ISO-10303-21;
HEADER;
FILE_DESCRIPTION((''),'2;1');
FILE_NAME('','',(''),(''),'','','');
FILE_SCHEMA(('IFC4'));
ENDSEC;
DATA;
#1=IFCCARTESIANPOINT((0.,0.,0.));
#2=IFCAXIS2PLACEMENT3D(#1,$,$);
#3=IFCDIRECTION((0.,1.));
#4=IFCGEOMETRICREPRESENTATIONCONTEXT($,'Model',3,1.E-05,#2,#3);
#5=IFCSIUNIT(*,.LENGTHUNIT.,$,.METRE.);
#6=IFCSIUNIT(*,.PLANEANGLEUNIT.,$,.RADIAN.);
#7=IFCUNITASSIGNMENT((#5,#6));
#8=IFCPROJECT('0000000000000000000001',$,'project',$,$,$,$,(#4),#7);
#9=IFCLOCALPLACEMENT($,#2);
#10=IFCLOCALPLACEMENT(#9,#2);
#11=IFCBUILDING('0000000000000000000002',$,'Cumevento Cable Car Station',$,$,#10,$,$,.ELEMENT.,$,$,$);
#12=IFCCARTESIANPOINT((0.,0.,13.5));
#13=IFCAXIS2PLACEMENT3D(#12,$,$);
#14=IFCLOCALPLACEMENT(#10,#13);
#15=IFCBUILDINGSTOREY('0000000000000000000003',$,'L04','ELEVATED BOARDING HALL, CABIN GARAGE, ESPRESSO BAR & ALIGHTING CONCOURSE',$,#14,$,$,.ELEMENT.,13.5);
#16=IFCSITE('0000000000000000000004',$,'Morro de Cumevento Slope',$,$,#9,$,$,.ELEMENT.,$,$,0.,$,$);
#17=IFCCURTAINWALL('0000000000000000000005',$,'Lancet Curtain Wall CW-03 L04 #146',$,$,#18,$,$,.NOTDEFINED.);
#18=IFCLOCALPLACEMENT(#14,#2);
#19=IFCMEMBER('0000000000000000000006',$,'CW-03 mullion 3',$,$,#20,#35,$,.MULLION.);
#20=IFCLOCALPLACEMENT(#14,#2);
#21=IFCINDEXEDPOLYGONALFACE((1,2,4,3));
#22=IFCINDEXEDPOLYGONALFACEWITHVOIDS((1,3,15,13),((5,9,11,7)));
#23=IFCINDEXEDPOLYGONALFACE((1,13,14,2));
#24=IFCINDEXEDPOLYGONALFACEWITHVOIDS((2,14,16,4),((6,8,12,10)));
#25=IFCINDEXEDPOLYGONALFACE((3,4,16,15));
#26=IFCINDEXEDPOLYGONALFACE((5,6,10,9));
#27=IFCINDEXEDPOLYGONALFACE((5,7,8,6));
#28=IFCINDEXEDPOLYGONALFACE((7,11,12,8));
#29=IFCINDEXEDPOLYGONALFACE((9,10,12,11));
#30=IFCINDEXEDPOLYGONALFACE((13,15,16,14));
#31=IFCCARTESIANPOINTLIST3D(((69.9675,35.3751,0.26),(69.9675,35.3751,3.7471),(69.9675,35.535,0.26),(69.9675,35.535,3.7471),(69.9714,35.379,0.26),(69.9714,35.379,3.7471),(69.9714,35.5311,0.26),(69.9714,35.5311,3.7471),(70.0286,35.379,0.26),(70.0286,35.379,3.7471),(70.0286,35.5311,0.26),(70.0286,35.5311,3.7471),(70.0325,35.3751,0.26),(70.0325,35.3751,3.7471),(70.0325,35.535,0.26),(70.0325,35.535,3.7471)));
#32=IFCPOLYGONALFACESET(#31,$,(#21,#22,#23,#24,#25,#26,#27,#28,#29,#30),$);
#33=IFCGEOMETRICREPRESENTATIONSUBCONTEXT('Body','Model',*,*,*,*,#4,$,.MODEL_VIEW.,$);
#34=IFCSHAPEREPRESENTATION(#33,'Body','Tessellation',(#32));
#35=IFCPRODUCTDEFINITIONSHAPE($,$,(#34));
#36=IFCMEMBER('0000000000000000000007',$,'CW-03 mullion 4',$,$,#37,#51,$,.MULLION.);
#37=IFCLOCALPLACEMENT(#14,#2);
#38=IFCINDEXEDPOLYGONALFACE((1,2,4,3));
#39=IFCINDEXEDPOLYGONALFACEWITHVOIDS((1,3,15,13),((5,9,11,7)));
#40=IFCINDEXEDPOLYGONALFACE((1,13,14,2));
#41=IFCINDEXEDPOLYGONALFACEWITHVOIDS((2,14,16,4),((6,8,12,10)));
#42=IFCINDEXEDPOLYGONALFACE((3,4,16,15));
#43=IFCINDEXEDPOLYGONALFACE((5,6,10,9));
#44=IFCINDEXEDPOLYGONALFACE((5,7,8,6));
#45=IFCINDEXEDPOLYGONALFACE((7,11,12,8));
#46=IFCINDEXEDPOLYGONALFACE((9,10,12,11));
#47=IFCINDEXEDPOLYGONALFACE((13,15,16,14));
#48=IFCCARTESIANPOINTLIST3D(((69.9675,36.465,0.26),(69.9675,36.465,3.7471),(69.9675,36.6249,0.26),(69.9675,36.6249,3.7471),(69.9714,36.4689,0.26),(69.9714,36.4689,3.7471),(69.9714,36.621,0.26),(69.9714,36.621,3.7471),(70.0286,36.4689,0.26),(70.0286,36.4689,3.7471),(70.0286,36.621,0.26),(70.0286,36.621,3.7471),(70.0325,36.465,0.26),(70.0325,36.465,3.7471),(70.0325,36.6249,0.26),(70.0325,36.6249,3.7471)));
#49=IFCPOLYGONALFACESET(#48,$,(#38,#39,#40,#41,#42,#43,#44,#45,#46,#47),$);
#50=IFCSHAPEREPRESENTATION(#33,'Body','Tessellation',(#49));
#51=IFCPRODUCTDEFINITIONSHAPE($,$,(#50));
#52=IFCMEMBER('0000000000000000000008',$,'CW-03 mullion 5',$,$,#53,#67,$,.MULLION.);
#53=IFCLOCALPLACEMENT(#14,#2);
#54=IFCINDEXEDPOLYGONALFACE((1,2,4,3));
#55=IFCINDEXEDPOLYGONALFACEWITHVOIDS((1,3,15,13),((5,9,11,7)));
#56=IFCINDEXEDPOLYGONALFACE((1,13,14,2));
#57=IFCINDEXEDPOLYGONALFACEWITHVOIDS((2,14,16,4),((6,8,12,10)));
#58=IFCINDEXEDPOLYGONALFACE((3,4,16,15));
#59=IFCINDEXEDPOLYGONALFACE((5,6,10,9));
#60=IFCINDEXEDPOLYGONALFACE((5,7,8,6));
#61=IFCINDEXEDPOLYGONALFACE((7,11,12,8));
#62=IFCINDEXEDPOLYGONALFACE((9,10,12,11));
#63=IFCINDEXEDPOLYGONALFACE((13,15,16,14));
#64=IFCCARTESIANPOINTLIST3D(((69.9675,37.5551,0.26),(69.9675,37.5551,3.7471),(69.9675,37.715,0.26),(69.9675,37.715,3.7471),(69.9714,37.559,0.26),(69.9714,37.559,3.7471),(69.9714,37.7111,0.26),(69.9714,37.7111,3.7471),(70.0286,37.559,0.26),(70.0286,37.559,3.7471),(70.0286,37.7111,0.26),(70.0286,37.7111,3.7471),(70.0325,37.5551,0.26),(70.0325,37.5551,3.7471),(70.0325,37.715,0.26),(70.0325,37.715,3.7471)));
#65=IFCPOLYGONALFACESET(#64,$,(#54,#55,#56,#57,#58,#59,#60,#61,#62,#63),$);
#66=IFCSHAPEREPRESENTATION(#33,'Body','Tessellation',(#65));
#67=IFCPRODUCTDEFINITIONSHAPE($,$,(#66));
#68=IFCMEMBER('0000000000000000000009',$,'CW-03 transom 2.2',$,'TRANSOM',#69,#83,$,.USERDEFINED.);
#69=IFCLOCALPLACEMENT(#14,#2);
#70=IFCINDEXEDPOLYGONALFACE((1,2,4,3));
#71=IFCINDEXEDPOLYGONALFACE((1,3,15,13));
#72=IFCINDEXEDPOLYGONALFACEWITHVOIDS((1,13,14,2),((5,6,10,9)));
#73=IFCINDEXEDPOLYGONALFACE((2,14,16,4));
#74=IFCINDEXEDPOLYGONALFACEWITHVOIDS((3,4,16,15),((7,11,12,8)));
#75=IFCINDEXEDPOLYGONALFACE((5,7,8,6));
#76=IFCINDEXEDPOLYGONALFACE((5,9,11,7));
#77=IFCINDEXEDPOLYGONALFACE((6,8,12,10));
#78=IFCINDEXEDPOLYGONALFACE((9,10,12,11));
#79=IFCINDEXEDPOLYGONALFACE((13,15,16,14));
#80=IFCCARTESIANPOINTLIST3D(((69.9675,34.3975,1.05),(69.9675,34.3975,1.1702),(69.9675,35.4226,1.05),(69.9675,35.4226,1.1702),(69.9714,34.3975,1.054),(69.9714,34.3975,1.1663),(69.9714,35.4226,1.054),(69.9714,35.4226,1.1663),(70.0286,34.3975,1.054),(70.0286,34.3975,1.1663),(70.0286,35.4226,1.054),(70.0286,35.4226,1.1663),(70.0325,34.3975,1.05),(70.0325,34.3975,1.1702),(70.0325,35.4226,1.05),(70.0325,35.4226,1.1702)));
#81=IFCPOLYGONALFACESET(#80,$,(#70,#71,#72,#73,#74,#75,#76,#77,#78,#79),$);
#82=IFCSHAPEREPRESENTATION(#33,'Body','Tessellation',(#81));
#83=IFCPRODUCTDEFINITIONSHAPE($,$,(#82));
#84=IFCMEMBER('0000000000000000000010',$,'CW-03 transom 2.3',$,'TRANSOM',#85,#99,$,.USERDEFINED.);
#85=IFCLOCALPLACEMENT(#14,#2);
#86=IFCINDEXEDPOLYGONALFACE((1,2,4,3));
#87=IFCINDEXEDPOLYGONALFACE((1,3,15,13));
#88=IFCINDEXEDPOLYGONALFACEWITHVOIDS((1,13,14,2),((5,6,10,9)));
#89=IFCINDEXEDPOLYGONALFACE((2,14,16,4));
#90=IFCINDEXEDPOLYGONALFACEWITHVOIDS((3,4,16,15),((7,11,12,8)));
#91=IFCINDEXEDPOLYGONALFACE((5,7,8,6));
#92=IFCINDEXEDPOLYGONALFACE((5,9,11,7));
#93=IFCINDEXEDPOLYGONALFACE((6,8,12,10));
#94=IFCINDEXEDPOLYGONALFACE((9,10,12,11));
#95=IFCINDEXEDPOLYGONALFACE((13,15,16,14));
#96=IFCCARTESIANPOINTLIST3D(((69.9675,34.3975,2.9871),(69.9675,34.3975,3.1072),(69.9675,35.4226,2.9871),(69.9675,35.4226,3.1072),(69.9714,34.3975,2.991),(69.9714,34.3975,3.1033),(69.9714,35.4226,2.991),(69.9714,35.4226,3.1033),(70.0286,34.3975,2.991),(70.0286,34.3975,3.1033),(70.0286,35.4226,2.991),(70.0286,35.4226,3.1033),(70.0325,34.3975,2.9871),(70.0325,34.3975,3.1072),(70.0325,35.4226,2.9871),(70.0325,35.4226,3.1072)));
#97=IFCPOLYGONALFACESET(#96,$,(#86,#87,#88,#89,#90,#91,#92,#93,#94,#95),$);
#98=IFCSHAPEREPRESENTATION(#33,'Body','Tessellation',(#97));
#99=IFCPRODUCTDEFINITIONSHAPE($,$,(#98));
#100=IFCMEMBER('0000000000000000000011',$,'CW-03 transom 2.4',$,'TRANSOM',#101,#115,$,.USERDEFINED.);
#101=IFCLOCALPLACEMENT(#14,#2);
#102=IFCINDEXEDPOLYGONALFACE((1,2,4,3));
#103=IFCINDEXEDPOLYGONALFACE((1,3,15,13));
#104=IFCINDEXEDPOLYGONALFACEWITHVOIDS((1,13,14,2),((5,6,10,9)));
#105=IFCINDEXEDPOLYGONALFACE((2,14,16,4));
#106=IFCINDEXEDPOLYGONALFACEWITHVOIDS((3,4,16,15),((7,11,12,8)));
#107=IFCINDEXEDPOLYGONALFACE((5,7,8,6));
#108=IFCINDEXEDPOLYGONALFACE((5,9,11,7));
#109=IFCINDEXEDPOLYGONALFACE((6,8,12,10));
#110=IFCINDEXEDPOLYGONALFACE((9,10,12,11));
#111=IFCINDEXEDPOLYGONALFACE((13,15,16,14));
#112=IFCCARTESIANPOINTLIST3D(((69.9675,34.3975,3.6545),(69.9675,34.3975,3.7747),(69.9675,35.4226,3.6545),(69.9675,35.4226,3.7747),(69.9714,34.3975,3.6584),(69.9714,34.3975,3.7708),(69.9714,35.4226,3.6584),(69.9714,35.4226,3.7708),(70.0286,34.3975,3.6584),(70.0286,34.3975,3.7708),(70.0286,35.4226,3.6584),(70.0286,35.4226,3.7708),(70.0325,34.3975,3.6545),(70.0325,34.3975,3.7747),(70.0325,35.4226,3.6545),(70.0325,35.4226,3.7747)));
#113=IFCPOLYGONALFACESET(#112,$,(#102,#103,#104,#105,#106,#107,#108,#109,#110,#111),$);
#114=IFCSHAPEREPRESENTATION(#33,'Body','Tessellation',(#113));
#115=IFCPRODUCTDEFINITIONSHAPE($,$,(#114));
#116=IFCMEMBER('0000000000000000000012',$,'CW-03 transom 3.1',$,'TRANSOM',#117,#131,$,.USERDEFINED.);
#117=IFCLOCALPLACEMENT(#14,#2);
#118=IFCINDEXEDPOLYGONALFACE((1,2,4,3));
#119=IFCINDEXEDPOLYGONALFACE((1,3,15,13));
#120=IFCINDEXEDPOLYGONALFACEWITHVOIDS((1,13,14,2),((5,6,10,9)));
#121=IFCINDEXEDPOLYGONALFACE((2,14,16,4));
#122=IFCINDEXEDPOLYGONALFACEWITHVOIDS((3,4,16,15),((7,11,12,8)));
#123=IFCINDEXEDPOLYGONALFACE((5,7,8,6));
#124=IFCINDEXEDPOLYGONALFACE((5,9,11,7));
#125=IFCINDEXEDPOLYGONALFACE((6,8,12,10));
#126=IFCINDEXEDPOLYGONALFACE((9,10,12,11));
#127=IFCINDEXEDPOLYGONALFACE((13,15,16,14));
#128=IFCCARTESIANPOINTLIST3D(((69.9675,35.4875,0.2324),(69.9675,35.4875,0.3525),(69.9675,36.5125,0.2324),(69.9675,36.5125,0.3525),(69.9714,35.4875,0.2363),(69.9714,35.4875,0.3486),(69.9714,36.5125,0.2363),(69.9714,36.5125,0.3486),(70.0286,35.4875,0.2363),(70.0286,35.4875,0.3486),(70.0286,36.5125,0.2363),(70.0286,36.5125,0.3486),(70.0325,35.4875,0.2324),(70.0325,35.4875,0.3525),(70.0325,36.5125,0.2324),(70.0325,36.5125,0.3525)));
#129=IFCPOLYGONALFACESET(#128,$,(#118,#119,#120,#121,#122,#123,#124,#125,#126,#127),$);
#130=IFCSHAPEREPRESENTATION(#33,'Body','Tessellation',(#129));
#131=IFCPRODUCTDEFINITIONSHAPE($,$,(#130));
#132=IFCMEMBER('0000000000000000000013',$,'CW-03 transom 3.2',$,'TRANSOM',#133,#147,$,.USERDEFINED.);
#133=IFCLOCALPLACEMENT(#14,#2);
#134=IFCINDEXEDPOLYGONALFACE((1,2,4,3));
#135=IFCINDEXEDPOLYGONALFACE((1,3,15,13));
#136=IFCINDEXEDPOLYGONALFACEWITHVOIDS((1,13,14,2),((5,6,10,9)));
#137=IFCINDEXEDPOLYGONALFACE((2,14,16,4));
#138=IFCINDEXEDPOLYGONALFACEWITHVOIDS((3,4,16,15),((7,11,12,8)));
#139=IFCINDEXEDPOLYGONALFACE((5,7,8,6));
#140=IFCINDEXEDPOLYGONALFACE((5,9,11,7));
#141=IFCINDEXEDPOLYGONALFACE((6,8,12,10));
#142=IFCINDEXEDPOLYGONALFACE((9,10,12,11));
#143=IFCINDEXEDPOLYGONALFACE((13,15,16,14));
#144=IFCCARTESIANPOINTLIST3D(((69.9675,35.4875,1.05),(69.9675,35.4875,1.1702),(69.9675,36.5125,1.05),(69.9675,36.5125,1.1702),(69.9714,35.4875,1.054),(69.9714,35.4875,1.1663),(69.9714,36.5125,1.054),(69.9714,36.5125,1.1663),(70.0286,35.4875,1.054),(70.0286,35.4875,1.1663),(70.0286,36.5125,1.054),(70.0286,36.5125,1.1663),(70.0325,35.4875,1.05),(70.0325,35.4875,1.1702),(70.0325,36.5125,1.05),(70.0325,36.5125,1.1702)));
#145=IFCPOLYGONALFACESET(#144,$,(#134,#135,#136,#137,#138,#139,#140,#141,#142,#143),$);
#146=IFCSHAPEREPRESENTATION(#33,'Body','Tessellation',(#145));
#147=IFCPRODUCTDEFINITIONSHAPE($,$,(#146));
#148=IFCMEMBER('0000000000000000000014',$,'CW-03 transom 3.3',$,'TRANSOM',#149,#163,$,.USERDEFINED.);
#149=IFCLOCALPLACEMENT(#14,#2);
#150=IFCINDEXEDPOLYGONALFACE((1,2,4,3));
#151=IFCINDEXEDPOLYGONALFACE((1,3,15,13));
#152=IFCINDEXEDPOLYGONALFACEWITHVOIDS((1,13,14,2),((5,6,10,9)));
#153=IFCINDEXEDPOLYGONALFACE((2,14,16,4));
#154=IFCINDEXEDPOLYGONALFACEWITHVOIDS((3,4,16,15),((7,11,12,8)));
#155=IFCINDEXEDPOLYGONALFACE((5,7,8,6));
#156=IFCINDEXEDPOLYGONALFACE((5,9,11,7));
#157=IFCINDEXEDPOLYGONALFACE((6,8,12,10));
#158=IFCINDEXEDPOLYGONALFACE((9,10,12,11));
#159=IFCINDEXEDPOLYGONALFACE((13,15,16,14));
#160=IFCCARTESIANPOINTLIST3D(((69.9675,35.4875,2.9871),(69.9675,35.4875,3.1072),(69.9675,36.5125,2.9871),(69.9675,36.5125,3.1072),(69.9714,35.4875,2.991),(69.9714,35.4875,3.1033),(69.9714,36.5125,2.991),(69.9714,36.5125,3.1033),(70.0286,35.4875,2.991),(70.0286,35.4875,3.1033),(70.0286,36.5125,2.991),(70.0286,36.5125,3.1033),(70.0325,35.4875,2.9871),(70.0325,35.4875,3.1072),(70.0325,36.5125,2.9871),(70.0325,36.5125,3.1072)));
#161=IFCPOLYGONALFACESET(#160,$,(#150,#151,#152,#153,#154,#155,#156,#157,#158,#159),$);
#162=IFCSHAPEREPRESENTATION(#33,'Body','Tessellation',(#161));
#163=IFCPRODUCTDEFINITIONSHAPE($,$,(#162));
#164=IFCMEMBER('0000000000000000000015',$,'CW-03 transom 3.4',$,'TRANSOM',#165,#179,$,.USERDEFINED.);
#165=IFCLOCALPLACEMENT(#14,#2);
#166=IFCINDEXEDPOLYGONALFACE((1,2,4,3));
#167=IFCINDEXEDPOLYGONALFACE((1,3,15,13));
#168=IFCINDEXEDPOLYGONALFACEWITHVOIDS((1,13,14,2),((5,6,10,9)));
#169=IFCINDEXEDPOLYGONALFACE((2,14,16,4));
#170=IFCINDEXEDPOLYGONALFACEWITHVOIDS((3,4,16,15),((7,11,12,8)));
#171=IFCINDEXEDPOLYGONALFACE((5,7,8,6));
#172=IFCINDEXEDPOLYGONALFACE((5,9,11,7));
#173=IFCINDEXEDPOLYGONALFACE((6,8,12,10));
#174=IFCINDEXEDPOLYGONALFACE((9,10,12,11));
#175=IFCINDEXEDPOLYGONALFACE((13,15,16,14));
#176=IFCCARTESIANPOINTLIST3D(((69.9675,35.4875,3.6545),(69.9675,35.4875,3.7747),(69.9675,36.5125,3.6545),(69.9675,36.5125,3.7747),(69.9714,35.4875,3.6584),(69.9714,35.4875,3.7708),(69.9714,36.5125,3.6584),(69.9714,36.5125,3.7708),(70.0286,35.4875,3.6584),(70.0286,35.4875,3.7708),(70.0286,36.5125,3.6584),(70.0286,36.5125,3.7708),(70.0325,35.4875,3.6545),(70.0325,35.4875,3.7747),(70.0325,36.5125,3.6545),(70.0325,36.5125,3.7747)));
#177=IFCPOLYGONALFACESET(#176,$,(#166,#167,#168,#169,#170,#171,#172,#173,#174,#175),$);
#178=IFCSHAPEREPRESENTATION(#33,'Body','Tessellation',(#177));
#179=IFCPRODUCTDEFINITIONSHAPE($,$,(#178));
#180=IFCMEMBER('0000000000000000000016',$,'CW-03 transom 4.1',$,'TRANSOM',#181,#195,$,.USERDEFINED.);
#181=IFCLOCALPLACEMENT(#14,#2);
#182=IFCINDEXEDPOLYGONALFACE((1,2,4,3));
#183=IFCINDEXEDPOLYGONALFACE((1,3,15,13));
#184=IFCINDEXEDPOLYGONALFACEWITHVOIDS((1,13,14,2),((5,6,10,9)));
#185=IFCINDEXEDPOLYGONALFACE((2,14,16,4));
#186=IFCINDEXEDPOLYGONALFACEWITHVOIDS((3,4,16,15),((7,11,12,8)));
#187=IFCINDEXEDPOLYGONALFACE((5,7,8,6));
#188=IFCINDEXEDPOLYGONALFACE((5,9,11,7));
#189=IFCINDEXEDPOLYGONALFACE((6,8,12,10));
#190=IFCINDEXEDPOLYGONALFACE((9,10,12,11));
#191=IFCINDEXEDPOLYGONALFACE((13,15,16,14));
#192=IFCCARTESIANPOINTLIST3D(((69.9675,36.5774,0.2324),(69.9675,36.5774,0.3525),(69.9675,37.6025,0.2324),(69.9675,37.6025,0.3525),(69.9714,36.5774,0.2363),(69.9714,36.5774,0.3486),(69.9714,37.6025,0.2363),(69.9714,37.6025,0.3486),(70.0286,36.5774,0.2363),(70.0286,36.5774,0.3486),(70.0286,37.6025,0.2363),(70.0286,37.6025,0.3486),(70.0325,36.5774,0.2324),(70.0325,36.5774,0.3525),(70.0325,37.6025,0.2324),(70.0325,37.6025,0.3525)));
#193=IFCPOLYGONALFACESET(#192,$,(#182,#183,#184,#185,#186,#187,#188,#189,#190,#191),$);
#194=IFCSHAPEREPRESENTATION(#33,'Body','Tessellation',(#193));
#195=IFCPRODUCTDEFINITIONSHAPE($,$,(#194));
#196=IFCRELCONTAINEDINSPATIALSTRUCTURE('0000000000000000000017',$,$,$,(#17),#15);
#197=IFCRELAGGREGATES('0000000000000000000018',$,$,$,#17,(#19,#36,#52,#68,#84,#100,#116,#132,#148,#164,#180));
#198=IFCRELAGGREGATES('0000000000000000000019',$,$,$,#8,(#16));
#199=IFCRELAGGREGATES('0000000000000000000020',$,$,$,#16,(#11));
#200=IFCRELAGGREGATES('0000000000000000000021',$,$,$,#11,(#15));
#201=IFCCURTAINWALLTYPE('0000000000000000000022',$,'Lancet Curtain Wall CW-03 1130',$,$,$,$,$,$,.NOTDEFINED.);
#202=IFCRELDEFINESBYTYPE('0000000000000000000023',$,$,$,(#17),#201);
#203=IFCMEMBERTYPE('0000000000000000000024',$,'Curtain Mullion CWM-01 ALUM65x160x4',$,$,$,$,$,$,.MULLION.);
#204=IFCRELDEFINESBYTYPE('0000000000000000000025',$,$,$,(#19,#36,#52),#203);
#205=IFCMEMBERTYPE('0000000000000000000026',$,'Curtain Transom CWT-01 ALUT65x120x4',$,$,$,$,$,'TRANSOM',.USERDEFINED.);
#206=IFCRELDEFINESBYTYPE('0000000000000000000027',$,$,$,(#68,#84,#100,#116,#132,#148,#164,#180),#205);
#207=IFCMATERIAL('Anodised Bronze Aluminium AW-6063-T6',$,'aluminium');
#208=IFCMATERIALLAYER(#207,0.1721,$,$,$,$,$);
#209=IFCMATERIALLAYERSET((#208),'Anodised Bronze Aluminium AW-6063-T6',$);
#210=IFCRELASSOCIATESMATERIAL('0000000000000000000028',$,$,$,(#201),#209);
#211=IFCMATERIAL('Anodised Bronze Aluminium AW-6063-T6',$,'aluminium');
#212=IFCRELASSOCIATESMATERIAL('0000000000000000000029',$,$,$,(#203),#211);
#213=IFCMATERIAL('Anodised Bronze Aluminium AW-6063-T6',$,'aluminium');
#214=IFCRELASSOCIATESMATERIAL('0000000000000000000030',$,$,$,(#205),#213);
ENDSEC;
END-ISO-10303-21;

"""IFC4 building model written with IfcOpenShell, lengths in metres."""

from ifc_helpers import new_model, si_unit, direction, frame, origin, origin_2d, place, context, subcontext, project, spatial, hollow_rectangle, extrude, material, layer, layer_set, material_profile, profile_set, type_object, element, aggregate, save


model = new_model("IFC4")

# Units and contexts
model_context = context("Model", 3, precision=1e-05, world=origin(), true_north=direction((0.0, 1.0)))
body_context = subcontext(model_context, "Body", "Model", "MODEL_VIEW")
ifc_project = project(units=[si_unit("LENGTHUNIT", "METRE"), si_unit("PLANEANGLEUNIT", "RADIAN")], contexts=[model_context])

# Site, building, storey
site_placement = place(None, origin())
site = spatial("IfcSite", under=ifc_project, at=site_placement, Name="Morro de Cumevento Slope", CompositionType="ELEMENT", RefElevation=0.0)
building_placement = place(site_placement, origin())
building = spatial("IfcBuilding", under=site, at=building_placement, Name="Cumevento Cable Car Station", CompositionType="ELEMENT")
storey_placement = place(building_placement, frame((0.0, 0.0, 13.5)))
storey = spatial("IfcBuildingStorey", under=building, at=storey_placement, Name="L04", Description="ELEVATED BOARDING HALL, CABIN GARAGE, ESPRESSO BAR & ALIGHTING CONCOURSE", CompositionType="ELEMENT", Elevation=13.5)

# Curtain wall, members
ifc_material_1 = material(Name="Anodised Bronze Aluminium AW-6063-T6", Category="aluminium")
ifc_layer_1 = layer(ifc_material_1, 0.1721)
ifc_layer_set_1 = layer_set([ifc_layer_1], Name="Anodised Bronze Aluminium AW-6063-T6")
curtain_wall_type = type_object("IfcCurtainWallType", Name="Lancet Curtain Wall CW-03 1130", PredefinedType="NOTDEFINED", material=ifc_layer_set_1)
curtain_wall_placement = place(storey_placement, origin())
curtain_wall = element("IfcCurtainWall", 1, at=curtain_wall_placement, inside=storey, type_object=curtain_wall_type, Name="Lancet Curtain Wall CW-03 L04 #146", PredefinedType="NOTDEFINED")
ifc_material_2 = material(Name="Anodised Bronze Aluminium AW-6063-T6", Category="aluminium")
ifc_material_profile_1 = material_profile(ifc_material_2, hollow_rectangle(XDim=0.0649, YDim=0.1599, WallThickness=0.0039, at=origin_2d()), Name="ALUM65x160x4")
ifc_profile_set_1 = profile_set([ifc_material_profile_1], Name="Anodised Bronze Aluminium AW-6063-T6")
member_type_1 = type_object("IfcMemberType", Name="Curtain Mullion CWM-01 ALUM65x160x4", PredefinedType="MULLION", material=ifc_profile_set_1)
member_1_placement = place(storey_placement, frame((70.0, 35.4551, 0.26), z_axis=(0.0, 0.0, 1.0), x_axis=(-1.0, 0.0, 0.0)))
member_1 = element("IfcMember", 2, at=member_1_placement, type_object=member_type_1, Name="CW-03 mullion 3", PredefinedType="MULLION", context=body_context, shape_type="SweptSolid", body=[
    extrude(hollow_rectangle(XDim=0.0649, YDim=0.1599, WallThickness=0.0039, at=origin_2d()), origin(), (0.0, 0.0, 1.0), 3.4871),
])
member_2_placement = place(storey_placement, frame((70.0, 36.5449, 0.26), z_axis=(0.0, 0.0, 1.0), x_axis=(-1.0, 0.0, 0.0)))
member_2 = element("IfcMember", 3, at=member_2_placement, type_object=member_type_1, Name="CW-03 mullion 4", PredefinedType="MULLION", context=body_context, shape_type="SweptSolid", body=[
    extrude(hollow_rectangle(XDim=0.0649, YDim=0.1599, WallThickness=0.0039, at=origin_2d()), origin(), (0.0, 0.0, 1.0), 3.4871),
])
member_3_placement = place(storey_placement, frame((70.0, 37.635, 0.26), z_axis=(0.0, 0.0, 1.0), x_axis=(-1.0, 0.0, 0.0)))
member_3 = element("IfcMember", 4, at=member_3_placement, type_object=member_type_1, Name="CW-03 mullion 5", PredefinedType="MULLION", context=body_context, shape_type="SweptSolid", body=[
    extrude(hollow_rectangle(XDim=0.0649, YDim=0.1599, WallThickness=0.0039, at=origin_2d()), origin(), (0.0, 0.0, 1.0), 3.4871),
])
ifc_material_3 = material(Name="Anodised Bronze Aluminium AW-6063-T6", Category="aluminium")
ifc_material_profile_2 = material_profile(ifc_material_3, hollow_rectangle(XDim=0.0649, YDim=0.1201, WallThickness=0.0039, at=origin_2d()), Name="ALUT65x120x4")
ifc_profile_set_2 = profile_set([ifc_material_profile_2], Name="Anodised Bronze Aluminium AW-6063-T6")
member_type_2 = type_object("IfcMemberType", Name="Curtain Transom CWT-01 ALUT65x120x4", ElementType="TRANSOM", PredefinedType="USERDEFINED", material=ifc_profile_set_2)
member_4_placement = place(storey_placement, frame((70.0, 34.3975, 1.1101), z_axis=(0.0, 1.0, 0.0), x_axis=(-1.0, 0.0, 0.0)))
member_4 = element("IfcMember", 5, at=member_4_placement, type_object=member_type_2, Name="CW-03 transom 2.2", ObjectType="TRANSOM", PredefinedType="USERDEFINED", context=body_context, shape_type="SweptSolid", body=[
    extrude(hollow_rectangle(XDim=0.0649, YDim=0.1201, WallThickness=0.0039, at=origin_2d()), origin(), (0.0, 0.0, 1.0), 1.0251),
])
member_5_placement = place(storey_placement, frame((70.0, 34.3975, 3.0471), z_axis=(0.0, 1.0, 0.0), x_axis=(-1.0, 0.0, 0.0)))
member_5 = element("IfcMember", 6, at=member_5_placement, type_object=member_type_2, Name="CW-03 transom 2.3", ObjectType="TRANSOM", PredefinedType="USERDEFINED", context=body_context, shape_type="SweptSolid", body=[
    extrude(hollow_rectangle(XDim=0.0649, YDim=0.1201, WallThickness=0.0039, at=origin_2d()), origin(), (0.0, 0.0, 1.0), 1.0251),
])
member_6_placement = place(storey_placement, frame((70.0, 34.3975, 3.7146), z_axis=(0.0, 1.0, 0.0), x_axis=(-1.0, 0.0, 0.0)))
member_6 = element("IfcMember", 7, at=member_6_placement, type_object=member_type_2, Name="CW-03 transom 2.4", ObjectType="TRANSOM", PredefinedType="USERDEFINED", context=body_context, shape_type="SweptSolid", body=[
    extrude(hollow_rectangle(XDim=0.0649, YDim=0.1201, WallThickness=0.0039, at=origin_2d()), origin(), (0.0, 0.0, 1.0), 1.0251),
])
member_7_placement = place(storey_placement, frame((70.0, 35.4875, 0.2925), z_axis=(0.0, 1.0, 0.0), x_axis=(-1.0, 0.0, 0.0)))
member_7 = element("IfcMember", 8, at=member_7_placement, type_object=member_type_2, Name="CW-03 transom 3.1", ObjectType="TRANSOM", PredefinedType="USERDEFINED", context=body_context, shape_type="SweptSolid", body=[
    extrude(hollow_rectangle(XDim=0.0649, YDim=0.1201, WallThickness=0.0039, at=origin_2d()), origin(), (0.0, 0.0, 1.0), 1.0249),
])
member_8_placement = place(storey_placement, frame((70.0, 35.4875, 1.1101), z_axis=(0.0, 1.0, 0.0), x_axis=(-1.0, 0.0, 0.0)))
member_8 = element("IfcMember", 9, at=member_8_placement, type_object=member_type_2, Name="CW-03 transom 3.2", ObjectType="TRANSOM", PredefinedType="USERDEFINED", context=body_context, shape_type="SweptSolid", body=[
    extrude(hollow_rectangle(XDim=0.0649, YDim=0.1201, WallThickness=0.0039, at=origin_2d()), origin(), (0.0, 0.0, 1.0), 1.0249),
])
member_9_placement = place(storey_placement, frame((70.0, 35.4875, 3.0471), z_axis=(0.0, 1.0, 0.0), x_axis=(-1.0, 0.0, 0.0)))
member_9 = element("IfcMember", 10, at=member_9_placement, type_object=member_type_2, Name="CW-03 transom 3.3", ObjectType="TRANSOM", PredefinedType="USERDEFINED", context=body_context, shape_type="SweptSolid", body=[
    extrude(hollow_rectangle(XDim=0.0649, YDim=0.1201, WallThickness=0.0039, at=origin_2d()), origin(), (0.0, 0.0, 1.0), 1.0249),
])
member_10_placement = place(storey_placement, frame((70.0, 35.4875, 3.7146), z_axis=(0.0, 1.0, 0.0), x_axis=(-1.0, 0.0, 0.0)))
member_10 = element("IfcMember", 11, at=member_10_placement, type_object=member_type_2, Name="CW-03 transom 3.4", ObjectType="TRANSOM", PredefinedType="USERDEFINED", context=body_context, shape_type="SweptSolid", body=[
    extrude(hollow_rectangle(XDim=0.0649, YDim=0.1201, WallThickness=0.0039, at=origin_2d()), origin(), (0.0, 0.0, 1.0), 1.0249),
])
member_11_placement = place(storey_placement, frame((70.0, 36.5774, 0.2925), z_axis=(0.0, 1.0, 0.0), x_axis=(-1.0, 0.0, 0.0)))
member_11 = element("IfcMember", 12, at=member_11_placement, type_object=member_type_2, Name="CW-03 transom 4.1", ObjectType="TRANSOM", PredefinedType="USERDEFINED", context=body_context, shape_type="SweptSolid", body=[
    extrude(hollow_rectangle(XDim=0.0649, YDim=0.1201, WallThickness=0.0039, at=origin_2d()), origin(), (0.0, 0.0, 1.0), 1.0251),
])
aggregate(curtain_wall, [member_1, member_2, member_3, member_4, member_5, member_6, member_7, member_8, member_9, member_10, member_11])

save(model, "model.ifc")
